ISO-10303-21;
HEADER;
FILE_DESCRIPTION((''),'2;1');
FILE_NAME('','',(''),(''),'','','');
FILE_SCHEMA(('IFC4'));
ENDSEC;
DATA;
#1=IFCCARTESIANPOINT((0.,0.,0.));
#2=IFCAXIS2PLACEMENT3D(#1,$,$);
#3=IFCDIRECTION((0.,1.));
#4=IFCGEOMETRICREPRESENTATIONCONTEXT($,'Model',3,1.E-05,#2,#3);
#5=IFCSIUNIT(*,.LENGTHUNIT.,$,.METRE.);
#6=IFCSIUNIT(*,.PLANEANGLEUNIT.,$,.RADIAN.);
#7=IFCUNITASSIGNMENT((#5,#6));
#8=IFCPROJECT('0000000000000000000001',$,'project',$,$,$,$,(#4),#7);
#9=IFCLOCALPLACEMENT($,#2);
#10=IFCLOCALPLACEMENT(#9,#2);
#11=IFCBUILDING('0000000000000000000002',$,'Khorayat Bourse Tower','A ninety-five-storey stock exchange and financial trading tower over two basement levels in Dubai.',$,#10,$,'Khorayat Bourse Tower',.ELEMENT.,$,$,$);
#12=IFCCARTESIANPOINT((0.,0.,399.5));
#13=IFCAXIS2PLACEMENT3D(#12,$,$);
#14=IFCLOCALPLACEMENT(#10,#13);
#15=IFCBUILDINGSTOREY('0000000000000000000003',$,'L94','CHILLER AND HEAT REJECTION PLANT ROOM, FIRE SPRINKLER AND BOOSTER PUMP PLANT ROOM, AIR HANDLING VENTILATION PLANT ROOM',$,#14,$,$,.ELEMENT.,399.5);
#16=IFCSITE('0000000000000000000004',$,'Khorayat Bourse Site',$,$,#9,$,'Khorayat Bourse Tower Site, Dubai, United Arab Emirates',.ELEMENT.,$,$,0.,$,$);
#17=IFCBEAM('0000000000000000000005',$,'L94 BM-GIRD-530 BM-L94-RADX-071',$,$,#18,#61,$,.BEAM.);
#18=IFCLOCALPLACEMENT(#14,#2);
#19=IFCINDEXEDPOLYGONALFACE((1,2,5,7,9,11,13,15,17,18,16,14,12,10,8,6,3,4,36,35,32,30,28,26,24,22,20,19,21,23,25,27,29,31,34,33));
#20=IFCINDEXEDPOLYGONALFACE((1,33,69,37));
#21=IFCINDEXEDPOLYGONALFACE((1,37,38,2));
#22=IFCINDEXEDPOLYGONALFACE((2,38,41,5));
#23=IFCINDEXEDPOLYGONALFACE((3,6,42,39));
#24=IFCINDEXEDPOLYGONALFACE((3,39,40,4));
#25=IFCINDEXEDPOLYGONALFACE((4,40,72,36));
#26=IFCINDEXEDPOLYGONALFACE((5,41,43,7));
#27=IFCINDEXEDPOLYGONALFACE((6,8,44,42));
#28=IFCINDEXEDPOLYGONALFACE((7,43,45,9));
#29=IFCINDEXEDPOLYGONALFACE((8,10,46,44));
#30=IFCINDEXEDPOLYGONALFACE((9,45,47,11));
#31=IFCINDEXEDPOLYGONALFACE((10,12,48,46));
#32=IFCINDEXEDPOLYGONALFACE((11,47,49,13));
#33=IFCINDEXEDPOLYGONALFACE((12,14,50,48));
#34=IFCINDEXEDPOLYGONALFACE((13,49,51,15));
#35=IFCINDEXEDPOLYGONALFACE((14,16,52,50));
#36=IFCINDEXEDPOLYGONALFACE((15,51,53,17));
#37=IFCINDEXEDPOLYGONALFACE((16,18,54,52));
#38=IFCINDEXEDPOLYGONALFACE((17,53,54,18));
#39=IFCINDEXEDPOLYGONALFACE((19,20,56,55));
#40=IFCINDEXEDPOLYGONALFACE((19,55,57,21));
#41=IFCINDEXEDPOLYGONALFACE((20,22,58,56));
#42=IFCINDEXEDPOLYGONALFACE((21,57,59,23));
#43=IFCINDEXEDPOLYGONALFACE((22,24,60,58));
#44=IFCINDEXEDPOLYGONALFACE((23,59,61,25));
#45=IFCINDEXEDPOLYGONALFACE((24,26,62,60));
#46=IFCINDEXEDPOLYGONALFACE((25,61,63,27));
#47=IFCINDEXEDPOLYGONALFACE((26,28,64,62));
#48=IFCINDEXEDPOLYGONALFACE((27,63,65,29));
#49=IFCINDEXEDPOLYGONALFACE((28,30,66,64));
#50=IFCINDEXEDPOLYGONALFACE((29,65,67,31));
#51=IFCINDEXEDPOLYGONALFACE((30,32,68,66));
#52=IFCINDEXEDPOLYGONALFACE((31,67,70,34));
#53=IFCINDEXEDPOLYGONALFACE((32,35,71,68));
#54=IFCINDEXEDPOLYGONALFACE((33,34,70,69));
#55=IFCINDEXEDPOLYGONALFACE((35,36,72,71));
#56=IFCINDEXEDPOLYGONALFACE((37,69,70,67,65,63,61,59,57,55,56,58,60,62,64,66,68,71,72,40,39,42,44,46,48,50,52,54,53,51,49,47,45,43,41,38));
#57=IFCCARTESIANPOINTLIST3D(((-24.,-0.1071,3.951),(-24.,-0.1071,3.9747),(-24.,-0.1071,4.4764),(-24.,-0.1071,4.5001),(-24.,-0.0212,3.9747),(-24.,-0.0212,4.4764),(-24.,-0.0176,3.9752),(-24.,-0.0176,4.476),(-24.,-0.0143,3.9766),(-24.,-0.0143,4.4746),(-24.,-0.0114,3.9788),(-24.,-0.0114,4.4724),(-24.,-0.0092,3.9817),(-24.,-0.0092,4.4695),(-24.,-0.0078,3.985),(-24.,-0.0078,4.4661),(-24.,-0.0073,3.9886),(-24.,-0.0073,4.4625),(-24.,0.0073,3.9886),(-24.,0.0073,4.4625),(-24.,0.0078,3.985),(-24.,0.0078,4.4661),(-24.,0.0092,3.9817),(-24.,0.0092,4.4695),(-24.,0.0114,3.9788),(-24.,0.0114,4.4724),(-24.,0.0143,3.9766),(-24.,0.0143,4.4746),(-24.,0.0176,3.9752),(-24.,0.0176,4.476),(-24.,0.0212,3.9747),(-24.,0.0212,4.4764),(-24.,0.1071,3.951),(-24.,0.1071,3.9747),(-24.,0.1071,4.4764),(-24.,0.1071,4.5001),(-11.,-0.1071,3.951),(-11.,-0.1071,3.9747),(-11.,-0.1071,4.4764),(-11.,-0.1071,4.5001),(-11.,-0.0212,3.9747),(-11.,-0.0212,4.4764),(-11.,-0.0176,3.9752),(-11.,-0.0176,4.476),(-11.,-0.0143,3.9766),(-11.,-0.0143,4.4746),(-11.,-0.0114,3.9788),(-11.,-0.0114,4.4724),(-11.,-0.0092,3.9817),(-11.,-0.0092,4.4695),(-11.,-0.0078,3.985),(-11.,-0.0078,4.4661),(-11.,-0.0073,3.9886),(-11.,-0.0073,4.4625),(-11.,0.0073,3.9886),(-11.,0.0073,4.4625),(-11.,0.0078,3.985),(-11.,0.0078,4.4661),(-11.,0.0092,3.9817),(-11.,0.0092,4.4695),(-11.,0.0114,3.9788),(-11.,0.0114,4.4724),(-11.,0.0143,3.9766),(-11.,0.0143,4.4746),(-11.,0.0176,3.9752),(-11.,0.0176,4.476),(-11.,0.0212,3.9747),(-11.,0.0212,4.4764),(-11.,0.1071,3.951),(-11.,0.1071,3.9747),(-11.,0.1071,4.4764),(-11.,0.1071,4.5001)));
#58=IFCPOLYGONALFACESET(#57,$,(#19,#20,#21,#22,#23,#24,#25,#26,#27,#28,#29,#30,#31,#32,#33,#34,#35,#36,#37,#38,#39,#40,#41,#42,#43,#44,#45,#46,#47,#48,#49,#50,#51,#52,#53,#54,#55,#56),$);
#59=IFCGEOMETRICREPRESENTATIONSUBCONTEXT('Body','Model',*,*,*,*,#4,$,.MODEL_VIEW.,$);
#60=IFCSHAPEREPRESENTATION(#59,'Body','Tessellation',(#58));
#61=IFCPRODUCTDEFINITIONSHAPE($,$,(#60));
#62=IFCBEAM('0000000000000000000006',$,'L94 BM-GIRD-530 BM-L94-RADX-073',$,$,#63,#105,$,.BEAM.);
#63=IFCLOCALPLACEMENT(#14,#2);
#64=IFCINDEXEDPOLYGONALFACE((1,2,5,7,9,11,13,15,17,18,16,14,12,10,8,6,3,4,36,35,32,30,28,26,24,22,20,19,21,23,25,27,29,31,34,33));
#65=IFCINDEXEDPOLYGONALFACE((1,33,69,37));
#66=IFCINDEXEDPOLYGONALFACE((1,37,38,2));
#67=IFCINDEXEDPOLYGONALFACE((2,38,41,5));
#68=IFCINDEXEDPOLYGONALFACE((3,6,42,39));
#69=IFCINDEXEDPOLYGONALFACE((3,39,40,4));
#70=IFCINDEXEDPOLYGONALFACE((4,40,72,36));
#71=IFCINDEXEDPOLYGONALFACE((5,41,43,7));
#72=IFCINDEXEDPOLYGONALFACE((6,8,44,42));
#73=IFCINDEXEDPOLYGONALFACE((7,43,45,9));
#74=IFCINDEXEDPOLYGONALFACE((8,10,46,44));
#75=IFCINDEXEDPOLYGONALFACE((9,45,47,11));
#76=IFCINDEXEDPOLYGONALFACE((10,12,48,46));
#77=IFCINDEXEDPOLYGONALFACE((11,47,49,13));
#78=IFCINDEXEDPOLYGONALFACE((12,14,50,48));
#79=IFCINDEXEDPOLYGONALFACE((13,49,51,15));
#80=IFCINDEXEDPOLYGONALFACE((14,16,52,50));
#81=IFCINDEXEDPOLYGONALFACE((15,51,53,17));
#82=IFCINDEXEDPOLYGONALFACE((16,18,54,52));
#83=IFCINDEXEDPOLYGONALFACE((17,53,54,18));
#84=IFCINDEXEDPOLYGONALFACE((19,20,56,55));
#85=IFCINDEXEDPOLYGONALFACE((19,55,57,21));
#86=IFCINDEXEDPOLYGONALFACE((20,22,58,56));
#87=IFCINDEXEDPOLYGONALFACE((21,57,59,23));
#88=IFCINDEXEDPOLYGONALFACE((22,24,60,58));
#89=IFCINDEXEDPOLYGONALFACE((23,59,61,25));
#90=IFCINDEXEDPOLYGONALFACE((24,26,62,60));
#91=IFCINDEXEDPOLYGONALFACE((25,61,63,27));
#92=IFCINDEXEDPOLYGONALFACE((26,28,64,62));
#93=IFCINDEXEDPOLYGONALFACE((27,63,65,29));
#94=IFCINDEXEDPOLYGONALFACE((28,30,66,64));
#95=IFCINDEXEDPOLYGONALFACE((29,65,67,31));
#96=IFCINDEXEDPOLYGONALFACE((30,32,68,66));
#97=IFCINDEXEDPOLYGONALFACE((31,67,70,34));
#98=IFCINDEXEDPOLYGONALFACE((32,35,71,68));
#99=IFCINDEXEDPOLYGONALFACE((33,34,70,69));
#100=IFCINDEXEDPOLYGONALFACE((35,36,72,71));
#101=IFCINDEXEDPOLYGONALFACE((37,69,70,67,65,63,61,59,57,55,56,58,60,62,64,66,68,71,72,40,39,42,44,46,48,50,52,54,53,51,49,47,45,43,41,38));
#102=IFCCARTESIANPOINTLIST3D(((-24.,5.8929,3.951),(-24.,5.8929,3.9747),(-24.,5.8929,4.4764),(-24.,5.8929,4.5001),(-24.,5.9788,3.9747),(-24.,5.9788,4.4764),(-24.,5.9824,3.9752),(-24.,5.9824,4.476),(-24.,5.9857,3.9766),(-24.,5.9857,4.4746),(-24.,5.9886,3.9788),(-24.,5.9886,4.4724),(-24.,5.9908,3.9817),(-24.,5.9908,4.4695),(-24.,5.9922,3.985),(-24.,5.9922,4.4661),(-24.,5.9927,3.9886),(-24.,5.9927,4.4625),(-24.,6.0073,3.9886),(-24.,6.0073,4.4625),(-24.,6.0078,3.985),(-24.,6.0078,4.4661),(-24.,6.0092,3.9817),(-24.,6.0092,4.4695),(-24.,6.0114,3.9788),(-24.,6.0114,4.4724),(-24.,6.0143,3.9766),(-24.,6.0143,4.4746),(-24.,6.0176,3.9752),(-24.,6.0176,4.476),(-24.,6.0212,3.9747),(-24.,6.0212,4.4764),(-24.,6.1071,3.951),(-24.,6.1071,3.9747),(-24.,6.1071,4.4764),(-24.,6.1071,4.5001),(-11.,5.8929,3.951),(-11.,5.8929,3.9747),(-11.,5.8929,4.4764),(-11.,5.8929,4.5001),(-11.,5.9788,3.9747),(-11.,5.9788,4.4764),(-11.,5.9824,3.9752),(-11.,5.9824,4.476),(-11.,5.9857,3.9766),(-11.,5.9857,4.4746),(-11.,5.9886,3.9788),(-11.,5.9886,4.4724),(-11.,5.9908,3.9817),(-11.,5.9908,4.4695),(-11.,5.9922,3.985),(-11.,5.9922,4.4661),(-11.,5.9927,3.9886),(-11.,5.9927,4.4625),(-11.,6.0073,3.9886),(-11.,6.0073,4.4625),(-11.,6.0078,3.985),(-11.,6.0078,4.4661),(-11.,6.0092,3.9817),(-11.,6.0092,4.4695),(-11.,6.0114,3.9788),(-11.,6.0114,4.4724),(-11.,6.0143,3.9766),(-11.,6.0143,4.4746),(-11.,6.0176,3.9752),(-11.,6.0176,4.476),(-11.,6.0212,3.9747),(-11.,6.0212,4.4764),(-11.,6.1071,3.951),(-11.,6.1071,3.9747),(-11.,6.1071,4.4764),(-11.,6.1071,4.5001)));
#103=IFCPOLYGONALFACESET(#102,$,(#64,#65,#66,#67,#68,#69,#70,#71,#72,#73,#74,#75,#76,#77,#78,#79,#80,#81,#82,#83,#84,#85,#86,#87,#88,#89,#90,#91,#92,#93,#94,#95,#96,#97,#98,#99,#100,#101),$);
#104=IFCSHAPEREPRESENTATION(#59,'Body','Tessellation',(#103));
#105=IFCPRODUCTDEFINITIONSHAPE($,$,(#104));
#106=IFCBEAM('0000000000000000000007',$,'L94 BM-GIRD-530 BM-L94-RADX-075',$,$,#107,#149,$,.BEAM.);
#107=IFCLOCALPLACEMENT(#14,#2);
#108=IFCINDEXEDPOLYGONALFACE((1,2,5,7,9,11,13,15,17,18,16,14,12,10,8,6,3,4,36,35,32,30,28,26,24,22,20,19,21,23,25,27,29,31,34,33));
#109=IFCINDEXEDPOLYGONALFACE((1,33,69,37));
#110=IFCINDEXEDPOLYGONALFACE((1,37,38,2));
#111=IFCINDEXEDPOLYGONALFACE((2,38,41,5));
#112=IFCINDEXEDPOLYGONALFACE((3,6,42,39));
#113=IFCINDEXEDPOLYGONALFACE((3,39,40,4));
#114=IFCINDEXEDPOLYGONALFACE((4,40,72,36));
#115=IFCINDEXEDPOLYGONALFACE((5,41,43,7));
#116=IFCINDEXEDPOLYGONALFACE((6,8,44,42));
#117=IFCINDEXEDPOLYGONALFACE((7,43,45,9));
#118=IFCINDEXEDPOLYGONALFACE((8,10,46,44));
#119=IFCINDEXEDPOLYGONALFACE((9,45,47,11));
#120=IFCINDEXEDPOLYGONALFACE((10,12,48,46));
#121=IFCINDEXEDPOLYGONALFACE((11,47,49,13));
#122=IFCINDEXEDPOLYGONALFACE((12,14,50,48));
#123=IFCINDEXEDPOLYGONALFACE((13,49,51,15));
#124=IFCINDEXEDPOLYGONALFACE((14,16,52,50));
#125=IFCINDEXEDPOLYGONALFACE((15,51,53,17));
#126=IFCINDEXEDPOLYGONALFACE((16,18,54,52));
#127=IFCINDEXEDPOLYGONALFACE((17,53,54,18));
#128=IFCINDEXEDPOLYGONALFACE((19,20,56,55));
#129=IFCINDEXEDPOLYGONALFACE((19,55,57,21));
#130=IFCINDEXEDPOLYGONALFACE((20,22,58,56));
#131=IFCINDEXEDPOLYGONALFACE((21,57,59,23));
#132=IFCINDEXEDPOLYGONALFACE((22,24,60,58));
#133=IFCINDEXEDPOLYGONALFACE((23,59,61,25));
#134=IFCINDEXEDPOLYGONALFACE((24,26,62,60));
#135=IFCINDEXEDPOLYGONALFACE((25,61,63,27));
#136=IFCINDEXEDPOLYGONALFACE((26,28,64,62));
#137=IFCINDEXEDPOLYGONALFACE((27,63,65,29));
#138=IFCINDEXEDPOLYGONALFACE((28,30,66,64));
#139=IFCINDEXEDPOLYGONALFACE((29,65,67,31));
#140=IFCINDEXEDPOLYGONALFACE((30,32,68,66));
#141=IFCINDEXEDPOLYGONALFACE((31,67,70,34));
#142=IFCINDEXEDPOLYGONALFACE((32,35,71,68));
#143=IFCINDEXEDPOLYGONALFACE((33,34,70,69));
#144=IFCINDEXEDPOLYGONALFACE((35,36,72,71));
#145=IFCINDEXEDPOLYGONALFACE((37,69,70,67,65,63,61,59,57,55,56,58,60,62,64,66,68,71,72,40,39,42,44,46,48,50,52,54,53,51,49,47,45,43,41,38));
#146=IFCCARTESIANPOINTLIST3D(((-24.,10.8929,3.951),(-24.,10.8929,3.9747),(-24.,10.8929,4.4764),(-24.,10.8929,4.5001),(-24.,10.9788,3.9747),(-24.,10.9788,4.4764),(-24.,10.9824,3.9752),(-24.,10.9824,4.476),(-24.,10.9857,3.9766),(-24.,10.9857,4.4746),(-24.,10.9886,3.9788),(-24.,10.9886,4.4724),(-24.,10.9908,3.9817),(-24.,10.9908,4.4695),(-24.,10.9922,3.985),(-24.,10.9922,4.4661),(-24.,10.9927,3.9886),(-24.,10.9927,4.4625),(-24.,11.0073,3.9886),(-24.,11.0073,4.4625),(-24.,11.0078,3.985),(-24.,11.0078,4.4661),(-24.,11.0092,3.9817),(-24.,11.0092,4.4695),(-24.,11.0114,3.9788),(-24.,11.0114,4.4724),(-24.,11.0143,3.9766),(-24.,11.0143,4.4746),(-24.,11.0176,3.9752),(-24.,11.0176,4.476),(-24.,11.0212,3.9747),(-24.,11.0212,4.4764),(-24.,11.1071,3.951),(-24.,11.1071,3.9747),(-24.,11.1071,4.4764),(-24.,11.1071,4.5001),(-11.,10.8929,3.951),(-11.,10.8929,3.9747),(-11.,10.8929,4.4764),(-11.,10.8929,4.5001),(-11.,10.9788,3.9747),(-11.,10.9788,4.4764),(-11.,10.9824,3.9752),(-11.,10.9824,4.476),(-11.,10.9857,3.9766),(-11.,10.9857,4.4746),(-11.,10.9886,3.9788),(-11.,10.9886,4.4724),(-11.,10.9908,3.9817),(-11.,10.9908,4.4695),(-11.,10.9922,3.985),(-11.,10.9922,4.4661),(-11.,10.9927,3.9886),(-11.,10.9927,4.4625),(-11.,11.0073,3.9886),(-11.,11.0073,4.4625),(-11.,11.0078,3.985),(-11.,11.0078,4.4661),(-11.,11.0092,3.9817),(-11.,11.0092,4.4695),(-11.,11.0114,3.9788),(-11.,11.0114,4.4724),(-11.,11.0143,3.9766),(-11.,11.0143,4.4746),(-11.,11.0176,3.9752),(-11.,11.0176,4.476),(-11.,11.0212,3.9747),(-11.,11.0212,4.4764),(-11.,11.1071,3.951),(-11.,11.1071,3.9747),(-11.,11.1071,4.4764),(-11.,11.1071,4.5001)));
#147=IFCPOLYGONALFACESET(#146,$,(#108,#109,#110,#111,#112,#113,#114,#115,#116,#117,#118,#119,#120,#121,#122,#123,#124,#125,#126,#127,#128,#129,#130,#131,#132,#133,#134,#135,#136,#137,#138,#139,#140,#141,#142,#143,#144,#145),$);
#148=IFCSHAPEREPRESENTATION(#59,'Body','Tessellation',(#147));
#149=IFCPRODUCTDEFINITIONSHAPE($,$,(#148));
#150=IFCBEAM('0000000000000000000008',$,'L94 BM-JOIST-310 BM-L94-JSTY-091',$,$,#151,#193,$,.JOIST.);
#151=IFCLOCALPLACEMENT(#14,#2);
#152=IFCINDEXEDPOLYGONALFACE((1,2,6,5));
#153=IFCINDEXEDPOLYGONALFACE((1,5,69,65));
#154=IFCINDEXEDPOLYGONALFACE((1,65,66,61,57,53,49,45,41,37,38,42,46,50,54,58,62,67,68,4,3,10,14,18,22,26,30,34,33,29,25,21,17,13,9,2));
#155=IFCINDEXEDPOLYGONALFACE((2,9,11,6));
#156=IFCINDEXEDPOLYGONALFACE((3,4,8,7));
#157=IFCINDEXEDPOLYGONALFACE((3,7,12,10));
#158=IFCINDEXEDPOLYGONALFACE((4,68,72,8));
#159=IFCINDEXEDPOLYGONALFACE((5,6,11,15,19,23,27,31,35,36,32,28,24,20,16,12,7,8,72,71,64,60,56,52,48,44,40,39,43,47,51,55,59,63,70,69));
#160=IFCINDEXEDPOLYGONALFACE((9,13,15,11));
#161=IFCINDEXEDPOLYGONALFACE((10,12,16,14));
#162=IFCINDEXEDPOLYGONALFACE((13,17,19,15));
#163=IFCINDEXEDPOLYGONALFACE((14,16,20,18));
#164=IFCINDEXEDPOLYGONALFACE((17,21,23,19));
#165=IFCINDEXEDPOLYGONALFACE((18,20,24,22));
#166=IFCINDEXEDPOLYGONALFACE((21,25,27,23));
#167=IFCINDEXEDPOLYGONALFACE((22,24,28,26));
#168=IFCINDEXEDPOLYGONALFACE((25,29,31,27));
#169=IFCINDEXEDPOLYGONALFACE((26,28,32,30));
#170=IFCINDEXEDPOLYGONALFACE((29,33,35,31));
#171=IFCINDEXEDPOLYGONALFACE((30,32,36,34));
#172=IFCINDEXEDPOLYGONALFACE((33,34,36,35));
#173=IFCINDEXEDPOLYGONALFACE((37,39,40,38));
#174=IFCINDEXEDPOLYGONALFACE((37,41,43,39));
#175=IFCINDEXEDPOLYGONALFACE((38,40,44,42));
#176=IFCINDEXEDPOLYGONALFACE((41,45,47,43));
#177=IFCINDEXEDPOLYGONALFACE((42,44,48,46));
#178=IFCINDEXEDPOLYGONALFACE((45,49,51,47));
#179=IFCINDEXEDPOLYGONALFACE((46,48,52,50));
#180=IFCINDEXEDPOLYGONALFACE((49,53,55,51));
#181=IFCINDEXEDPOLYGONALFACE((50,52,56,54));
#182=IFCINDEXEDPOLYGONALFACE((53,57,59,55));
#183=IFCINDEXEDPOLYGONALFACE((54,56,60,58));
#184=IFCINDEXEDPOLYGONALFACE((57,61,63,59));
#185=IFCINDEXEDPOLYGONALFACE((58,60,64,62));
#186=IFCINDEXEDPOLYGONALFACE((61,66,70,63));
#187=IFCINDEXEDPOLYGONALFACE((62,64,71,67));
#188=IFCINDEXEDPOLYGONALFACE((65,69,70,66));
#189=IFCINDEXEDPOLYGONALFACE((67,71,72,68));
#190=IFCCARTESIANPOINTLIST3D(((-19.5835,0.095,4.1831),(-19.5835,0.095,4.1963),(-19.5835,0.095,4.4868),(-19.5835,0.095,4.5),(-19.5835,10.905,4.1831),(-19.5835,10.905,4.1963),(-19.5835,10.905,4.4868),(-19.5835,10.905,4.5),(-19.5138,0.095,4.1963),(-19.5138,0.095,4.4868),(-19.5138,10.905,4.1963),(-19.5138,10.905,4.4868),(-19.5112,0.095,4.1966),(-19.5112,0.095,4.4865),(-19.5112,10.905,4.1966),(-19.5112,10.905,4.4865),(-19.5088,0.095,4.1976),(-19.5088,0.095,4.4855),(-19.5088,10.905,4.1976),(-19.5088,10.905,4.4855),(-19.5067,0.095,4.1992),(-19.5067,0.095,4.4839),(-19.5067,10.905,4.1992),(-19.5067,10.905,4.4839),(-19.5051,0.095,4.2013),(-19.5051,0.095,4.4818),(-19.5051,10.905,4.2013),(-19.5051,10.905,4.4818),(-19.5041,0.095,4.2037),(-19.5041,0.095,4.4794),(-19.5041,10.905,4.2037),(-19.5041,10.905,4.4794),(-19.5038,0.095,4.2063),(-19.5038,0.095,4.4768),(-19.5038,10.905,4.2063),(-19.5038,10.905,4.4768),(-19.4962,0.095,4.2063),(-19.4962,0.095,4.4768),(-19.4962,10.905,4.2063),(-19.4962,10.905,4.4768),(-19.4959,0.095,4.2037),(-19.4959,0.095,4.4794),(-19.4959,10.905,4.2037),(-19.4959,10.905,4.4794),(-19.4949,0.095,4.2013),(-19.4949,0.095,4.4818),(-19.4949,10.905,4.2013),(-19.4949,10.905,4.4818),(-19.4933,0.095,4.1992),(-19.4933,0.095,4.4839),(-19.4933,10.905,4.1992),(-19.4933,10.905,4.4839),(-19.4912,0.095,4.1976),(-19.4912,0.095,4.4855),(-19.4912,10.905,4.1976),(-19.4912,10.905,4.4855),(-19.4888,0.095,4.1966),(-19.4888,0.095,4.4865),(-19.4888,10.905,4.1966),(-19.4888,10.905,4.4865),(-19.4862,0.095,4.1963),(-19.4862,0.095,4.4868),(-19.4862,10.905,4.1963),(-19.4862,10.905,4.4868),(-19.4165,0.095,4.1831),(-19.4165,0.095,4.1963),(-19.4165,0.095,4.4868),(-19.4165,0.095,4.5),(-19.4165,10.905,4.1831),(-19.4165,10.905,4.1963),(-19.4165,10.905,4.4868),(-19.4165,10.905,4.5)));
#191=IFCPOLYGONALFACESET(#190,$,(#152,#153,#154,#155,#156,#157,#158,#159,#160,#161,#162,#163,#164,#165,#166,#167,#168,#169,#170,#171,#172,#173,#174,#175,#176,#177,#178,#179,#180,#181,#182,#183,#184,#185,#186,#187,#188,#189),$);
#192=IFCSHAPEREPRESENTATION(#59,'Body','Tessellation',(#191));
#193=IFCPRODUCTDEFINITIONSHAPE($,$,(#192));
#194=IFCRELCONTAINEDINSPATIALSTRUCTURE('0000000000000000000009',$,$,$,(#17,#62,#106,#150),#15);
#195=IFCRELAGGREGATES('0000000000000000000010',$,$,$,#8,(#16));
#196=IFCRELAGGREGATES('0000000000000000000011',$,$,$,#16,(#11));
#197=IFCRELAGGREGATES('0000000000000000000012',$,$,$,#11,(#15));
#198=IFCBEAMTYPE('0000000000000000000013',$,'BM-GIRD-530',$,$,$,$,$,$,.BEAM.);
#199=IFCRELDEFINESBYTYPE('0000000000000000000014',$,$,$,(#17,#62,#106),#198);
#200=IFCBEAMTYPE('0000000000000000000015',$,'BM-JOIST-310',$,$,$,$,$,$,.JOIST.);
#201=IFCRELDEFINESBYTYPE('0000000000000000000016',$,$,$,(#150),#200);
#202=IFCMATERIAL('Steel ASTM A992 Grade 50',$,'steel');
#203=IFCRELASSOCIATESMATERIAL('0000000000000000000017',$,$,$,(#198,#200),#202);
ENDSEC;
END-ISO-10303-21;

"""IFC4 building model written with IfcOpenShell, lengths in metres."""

from ifc_helpers import new_model, si_unit, direction, frame, origin, origin_2d, place, context, subcontext, project, spatial, i_section, extrude, source, transform, mapped, material, material_profile, profile_set, type_object, element, save


model = new_model("IFC4")

# Units and contexts
model_context = context("Model", 3, precision=1e-05, world=origin(), true_north=direction((0.0, 1.0)))
body_context = subcontext(model_context, "Body", "Model", "MODEL_VIEW")
ifc_project = project(units=[si_unit("LENGTHUNIT", "METRE"), si_unit("PLANEANGLEUNIT", "RADIAN")], contexts=[model_context])

# Site, building, storey
site_placement = place(None, origin())
site = spatial("IfcSite", under=ifc_project, at=site_placement, Name="Khorayat Bourse Site", LongName="Khorayat Bourse Tower Site, Dubai, United Arab Emirates", CompositionType="ELEMENT", RefElevation=0.0)
building_placement = place(site_placement, origin())
building = spatial("IfcBuilding", under=site, at=building_placement, Name="Khorayat Bourse Tower", Description="A ninety-five-storey stock exchange and financial trading tower over two basement levels in Dubai.", LongName="Khorayat Bourse Tower", CompositionType="ELEMENT")
storey_placement = place(building_placement, frame((0.0, 0.0, 399.5)))
storey = spatial("IfcBuildingStorey", under=building, at=storey_placement, Name="L94", Description="CHILLER AND HEAT REJECTION PLANT ROOM, FIRE SPRINKLER AND BOOSTER PUMP PLANT ROOM, AIR HANDLING VENTILATION PLANT ROOM", CompositionType="ELEMENT", Elevation=399.5)

# Beams
ifc_material_1 = material(Name="Steel ASTM A992 Grade 50", Category="steel")
ifc_material_profile_1 = material_profile(ifc_material_1, i_section(OverallWidth=0.2141, OverallDepth=0.5491, WebThickness=0.0146, FlangeThickness=0.0237, FilletRadius=0.0139, at=origin_2d()), Name="W530X138")
ifc_profile_set_1 = profile_set([ifc_material_profile_1], Name="Steel ASTM A992 Grade 50")
beam_type_1 = type_object("IfcBeamType", Name="BM-GIRD-530", PredefinedType="BEAM", material=ifc_profile_set_1)
shared_shape_1 = source(origin(), body_context, "Body", "SweptSolid", [
    extrude(i_section(OverallWidth=0.2141, OverallDepth=0.5491, WebThickness=0.0146, FlangeThickness=0.0237, FilletRadius=0.0139, at=origin_2d()), origin(), (0.0, 0.0, 1.0), 13.0),
])
for number, where, z_axis, x_axis, name in (
    (1, (-24.0, 0.0, 4.2256), (1.0, 0.0, 0.0), (0.0, 1.0, 0.0), "L94 BM-GIRD-530 BM-L94-RADX-071"),
    (2, (-24.0, 6.0, 4.2256), (1.0, 0.0, 0.0), (0.0, 1.0, 0.0), "L94 BM-GIRD-530 BM-L94-RADX-073"),
    (3, (-24.0, 11.0, 4.2256), (1.0, 0.0, 0.0), (0.0, 1.0, 0.0), "L94 BM-GIRD-530 BM-L94-RADX-075"),
):
    element("IfcBeam", number, at=place(storey_placement, frame(where, z_axis=z_axis, x_axis=x_axis)), inside=storey, type_object=beam_type_1, Name=name, PredefinedType="BEAM", context=body_context, shape_type="MappedRepresentation", body=[
        mapped(shared_shape_1, transform((0.0, 0.0, 0.0), scale=1.0)),
    ])
ifc_material_profile_2 = material_profile(ifc_material_1, i_section(OverallWidth=0.167, OverallDepth=0.3169, WebThickness=0.0076, FlangeThickness=0.0132, FilletRadius=0.01, at=origin_2d()), Name="W310X52")
ifc_profile_set_2 = profile_set([ifc_material_profile_2], Name="Steel ASTM A992 Grade 50")
beam_type_2 = type_object("IfcBeamType", Name="BM-JOIST-310", PredefinedType="JOIST", material=ifc_profile_set_2)
shared_shape_2 = source(origin(), body_context, "Body", "SweptSolid", [
    extrude(i_section(OverallWidth=0.167, OverallDepth=0.3169, WebThickness=0.0076, FlangeThickness=0.0132, FilletRadius=0.01, at=origin_2d()), origin(), (0.0, 0.0, 1.0), 10.8101),
])
beam_1_placement = place(storey_placement, frame((-19.5, 0.095, 4.3416), z_axis=(0.0, 1.0, 0.0), x_axis=(-1.0, 0.0, 0.0)))
element("IfcBeam", 4, at=beam_1_placement, inside=storey, type_object=beam_type_2, Name="L94 BM-JOIST-310 BM-L94-JSTY-091", PredefinedType="JOIST", context=body_context, shape_type="MappedRepresentation", body=[
    mapped(shared_shape_2, transform((0.0, 0.0, 0.0), scale=1.0)),
])

save(model, "model.ifc")
